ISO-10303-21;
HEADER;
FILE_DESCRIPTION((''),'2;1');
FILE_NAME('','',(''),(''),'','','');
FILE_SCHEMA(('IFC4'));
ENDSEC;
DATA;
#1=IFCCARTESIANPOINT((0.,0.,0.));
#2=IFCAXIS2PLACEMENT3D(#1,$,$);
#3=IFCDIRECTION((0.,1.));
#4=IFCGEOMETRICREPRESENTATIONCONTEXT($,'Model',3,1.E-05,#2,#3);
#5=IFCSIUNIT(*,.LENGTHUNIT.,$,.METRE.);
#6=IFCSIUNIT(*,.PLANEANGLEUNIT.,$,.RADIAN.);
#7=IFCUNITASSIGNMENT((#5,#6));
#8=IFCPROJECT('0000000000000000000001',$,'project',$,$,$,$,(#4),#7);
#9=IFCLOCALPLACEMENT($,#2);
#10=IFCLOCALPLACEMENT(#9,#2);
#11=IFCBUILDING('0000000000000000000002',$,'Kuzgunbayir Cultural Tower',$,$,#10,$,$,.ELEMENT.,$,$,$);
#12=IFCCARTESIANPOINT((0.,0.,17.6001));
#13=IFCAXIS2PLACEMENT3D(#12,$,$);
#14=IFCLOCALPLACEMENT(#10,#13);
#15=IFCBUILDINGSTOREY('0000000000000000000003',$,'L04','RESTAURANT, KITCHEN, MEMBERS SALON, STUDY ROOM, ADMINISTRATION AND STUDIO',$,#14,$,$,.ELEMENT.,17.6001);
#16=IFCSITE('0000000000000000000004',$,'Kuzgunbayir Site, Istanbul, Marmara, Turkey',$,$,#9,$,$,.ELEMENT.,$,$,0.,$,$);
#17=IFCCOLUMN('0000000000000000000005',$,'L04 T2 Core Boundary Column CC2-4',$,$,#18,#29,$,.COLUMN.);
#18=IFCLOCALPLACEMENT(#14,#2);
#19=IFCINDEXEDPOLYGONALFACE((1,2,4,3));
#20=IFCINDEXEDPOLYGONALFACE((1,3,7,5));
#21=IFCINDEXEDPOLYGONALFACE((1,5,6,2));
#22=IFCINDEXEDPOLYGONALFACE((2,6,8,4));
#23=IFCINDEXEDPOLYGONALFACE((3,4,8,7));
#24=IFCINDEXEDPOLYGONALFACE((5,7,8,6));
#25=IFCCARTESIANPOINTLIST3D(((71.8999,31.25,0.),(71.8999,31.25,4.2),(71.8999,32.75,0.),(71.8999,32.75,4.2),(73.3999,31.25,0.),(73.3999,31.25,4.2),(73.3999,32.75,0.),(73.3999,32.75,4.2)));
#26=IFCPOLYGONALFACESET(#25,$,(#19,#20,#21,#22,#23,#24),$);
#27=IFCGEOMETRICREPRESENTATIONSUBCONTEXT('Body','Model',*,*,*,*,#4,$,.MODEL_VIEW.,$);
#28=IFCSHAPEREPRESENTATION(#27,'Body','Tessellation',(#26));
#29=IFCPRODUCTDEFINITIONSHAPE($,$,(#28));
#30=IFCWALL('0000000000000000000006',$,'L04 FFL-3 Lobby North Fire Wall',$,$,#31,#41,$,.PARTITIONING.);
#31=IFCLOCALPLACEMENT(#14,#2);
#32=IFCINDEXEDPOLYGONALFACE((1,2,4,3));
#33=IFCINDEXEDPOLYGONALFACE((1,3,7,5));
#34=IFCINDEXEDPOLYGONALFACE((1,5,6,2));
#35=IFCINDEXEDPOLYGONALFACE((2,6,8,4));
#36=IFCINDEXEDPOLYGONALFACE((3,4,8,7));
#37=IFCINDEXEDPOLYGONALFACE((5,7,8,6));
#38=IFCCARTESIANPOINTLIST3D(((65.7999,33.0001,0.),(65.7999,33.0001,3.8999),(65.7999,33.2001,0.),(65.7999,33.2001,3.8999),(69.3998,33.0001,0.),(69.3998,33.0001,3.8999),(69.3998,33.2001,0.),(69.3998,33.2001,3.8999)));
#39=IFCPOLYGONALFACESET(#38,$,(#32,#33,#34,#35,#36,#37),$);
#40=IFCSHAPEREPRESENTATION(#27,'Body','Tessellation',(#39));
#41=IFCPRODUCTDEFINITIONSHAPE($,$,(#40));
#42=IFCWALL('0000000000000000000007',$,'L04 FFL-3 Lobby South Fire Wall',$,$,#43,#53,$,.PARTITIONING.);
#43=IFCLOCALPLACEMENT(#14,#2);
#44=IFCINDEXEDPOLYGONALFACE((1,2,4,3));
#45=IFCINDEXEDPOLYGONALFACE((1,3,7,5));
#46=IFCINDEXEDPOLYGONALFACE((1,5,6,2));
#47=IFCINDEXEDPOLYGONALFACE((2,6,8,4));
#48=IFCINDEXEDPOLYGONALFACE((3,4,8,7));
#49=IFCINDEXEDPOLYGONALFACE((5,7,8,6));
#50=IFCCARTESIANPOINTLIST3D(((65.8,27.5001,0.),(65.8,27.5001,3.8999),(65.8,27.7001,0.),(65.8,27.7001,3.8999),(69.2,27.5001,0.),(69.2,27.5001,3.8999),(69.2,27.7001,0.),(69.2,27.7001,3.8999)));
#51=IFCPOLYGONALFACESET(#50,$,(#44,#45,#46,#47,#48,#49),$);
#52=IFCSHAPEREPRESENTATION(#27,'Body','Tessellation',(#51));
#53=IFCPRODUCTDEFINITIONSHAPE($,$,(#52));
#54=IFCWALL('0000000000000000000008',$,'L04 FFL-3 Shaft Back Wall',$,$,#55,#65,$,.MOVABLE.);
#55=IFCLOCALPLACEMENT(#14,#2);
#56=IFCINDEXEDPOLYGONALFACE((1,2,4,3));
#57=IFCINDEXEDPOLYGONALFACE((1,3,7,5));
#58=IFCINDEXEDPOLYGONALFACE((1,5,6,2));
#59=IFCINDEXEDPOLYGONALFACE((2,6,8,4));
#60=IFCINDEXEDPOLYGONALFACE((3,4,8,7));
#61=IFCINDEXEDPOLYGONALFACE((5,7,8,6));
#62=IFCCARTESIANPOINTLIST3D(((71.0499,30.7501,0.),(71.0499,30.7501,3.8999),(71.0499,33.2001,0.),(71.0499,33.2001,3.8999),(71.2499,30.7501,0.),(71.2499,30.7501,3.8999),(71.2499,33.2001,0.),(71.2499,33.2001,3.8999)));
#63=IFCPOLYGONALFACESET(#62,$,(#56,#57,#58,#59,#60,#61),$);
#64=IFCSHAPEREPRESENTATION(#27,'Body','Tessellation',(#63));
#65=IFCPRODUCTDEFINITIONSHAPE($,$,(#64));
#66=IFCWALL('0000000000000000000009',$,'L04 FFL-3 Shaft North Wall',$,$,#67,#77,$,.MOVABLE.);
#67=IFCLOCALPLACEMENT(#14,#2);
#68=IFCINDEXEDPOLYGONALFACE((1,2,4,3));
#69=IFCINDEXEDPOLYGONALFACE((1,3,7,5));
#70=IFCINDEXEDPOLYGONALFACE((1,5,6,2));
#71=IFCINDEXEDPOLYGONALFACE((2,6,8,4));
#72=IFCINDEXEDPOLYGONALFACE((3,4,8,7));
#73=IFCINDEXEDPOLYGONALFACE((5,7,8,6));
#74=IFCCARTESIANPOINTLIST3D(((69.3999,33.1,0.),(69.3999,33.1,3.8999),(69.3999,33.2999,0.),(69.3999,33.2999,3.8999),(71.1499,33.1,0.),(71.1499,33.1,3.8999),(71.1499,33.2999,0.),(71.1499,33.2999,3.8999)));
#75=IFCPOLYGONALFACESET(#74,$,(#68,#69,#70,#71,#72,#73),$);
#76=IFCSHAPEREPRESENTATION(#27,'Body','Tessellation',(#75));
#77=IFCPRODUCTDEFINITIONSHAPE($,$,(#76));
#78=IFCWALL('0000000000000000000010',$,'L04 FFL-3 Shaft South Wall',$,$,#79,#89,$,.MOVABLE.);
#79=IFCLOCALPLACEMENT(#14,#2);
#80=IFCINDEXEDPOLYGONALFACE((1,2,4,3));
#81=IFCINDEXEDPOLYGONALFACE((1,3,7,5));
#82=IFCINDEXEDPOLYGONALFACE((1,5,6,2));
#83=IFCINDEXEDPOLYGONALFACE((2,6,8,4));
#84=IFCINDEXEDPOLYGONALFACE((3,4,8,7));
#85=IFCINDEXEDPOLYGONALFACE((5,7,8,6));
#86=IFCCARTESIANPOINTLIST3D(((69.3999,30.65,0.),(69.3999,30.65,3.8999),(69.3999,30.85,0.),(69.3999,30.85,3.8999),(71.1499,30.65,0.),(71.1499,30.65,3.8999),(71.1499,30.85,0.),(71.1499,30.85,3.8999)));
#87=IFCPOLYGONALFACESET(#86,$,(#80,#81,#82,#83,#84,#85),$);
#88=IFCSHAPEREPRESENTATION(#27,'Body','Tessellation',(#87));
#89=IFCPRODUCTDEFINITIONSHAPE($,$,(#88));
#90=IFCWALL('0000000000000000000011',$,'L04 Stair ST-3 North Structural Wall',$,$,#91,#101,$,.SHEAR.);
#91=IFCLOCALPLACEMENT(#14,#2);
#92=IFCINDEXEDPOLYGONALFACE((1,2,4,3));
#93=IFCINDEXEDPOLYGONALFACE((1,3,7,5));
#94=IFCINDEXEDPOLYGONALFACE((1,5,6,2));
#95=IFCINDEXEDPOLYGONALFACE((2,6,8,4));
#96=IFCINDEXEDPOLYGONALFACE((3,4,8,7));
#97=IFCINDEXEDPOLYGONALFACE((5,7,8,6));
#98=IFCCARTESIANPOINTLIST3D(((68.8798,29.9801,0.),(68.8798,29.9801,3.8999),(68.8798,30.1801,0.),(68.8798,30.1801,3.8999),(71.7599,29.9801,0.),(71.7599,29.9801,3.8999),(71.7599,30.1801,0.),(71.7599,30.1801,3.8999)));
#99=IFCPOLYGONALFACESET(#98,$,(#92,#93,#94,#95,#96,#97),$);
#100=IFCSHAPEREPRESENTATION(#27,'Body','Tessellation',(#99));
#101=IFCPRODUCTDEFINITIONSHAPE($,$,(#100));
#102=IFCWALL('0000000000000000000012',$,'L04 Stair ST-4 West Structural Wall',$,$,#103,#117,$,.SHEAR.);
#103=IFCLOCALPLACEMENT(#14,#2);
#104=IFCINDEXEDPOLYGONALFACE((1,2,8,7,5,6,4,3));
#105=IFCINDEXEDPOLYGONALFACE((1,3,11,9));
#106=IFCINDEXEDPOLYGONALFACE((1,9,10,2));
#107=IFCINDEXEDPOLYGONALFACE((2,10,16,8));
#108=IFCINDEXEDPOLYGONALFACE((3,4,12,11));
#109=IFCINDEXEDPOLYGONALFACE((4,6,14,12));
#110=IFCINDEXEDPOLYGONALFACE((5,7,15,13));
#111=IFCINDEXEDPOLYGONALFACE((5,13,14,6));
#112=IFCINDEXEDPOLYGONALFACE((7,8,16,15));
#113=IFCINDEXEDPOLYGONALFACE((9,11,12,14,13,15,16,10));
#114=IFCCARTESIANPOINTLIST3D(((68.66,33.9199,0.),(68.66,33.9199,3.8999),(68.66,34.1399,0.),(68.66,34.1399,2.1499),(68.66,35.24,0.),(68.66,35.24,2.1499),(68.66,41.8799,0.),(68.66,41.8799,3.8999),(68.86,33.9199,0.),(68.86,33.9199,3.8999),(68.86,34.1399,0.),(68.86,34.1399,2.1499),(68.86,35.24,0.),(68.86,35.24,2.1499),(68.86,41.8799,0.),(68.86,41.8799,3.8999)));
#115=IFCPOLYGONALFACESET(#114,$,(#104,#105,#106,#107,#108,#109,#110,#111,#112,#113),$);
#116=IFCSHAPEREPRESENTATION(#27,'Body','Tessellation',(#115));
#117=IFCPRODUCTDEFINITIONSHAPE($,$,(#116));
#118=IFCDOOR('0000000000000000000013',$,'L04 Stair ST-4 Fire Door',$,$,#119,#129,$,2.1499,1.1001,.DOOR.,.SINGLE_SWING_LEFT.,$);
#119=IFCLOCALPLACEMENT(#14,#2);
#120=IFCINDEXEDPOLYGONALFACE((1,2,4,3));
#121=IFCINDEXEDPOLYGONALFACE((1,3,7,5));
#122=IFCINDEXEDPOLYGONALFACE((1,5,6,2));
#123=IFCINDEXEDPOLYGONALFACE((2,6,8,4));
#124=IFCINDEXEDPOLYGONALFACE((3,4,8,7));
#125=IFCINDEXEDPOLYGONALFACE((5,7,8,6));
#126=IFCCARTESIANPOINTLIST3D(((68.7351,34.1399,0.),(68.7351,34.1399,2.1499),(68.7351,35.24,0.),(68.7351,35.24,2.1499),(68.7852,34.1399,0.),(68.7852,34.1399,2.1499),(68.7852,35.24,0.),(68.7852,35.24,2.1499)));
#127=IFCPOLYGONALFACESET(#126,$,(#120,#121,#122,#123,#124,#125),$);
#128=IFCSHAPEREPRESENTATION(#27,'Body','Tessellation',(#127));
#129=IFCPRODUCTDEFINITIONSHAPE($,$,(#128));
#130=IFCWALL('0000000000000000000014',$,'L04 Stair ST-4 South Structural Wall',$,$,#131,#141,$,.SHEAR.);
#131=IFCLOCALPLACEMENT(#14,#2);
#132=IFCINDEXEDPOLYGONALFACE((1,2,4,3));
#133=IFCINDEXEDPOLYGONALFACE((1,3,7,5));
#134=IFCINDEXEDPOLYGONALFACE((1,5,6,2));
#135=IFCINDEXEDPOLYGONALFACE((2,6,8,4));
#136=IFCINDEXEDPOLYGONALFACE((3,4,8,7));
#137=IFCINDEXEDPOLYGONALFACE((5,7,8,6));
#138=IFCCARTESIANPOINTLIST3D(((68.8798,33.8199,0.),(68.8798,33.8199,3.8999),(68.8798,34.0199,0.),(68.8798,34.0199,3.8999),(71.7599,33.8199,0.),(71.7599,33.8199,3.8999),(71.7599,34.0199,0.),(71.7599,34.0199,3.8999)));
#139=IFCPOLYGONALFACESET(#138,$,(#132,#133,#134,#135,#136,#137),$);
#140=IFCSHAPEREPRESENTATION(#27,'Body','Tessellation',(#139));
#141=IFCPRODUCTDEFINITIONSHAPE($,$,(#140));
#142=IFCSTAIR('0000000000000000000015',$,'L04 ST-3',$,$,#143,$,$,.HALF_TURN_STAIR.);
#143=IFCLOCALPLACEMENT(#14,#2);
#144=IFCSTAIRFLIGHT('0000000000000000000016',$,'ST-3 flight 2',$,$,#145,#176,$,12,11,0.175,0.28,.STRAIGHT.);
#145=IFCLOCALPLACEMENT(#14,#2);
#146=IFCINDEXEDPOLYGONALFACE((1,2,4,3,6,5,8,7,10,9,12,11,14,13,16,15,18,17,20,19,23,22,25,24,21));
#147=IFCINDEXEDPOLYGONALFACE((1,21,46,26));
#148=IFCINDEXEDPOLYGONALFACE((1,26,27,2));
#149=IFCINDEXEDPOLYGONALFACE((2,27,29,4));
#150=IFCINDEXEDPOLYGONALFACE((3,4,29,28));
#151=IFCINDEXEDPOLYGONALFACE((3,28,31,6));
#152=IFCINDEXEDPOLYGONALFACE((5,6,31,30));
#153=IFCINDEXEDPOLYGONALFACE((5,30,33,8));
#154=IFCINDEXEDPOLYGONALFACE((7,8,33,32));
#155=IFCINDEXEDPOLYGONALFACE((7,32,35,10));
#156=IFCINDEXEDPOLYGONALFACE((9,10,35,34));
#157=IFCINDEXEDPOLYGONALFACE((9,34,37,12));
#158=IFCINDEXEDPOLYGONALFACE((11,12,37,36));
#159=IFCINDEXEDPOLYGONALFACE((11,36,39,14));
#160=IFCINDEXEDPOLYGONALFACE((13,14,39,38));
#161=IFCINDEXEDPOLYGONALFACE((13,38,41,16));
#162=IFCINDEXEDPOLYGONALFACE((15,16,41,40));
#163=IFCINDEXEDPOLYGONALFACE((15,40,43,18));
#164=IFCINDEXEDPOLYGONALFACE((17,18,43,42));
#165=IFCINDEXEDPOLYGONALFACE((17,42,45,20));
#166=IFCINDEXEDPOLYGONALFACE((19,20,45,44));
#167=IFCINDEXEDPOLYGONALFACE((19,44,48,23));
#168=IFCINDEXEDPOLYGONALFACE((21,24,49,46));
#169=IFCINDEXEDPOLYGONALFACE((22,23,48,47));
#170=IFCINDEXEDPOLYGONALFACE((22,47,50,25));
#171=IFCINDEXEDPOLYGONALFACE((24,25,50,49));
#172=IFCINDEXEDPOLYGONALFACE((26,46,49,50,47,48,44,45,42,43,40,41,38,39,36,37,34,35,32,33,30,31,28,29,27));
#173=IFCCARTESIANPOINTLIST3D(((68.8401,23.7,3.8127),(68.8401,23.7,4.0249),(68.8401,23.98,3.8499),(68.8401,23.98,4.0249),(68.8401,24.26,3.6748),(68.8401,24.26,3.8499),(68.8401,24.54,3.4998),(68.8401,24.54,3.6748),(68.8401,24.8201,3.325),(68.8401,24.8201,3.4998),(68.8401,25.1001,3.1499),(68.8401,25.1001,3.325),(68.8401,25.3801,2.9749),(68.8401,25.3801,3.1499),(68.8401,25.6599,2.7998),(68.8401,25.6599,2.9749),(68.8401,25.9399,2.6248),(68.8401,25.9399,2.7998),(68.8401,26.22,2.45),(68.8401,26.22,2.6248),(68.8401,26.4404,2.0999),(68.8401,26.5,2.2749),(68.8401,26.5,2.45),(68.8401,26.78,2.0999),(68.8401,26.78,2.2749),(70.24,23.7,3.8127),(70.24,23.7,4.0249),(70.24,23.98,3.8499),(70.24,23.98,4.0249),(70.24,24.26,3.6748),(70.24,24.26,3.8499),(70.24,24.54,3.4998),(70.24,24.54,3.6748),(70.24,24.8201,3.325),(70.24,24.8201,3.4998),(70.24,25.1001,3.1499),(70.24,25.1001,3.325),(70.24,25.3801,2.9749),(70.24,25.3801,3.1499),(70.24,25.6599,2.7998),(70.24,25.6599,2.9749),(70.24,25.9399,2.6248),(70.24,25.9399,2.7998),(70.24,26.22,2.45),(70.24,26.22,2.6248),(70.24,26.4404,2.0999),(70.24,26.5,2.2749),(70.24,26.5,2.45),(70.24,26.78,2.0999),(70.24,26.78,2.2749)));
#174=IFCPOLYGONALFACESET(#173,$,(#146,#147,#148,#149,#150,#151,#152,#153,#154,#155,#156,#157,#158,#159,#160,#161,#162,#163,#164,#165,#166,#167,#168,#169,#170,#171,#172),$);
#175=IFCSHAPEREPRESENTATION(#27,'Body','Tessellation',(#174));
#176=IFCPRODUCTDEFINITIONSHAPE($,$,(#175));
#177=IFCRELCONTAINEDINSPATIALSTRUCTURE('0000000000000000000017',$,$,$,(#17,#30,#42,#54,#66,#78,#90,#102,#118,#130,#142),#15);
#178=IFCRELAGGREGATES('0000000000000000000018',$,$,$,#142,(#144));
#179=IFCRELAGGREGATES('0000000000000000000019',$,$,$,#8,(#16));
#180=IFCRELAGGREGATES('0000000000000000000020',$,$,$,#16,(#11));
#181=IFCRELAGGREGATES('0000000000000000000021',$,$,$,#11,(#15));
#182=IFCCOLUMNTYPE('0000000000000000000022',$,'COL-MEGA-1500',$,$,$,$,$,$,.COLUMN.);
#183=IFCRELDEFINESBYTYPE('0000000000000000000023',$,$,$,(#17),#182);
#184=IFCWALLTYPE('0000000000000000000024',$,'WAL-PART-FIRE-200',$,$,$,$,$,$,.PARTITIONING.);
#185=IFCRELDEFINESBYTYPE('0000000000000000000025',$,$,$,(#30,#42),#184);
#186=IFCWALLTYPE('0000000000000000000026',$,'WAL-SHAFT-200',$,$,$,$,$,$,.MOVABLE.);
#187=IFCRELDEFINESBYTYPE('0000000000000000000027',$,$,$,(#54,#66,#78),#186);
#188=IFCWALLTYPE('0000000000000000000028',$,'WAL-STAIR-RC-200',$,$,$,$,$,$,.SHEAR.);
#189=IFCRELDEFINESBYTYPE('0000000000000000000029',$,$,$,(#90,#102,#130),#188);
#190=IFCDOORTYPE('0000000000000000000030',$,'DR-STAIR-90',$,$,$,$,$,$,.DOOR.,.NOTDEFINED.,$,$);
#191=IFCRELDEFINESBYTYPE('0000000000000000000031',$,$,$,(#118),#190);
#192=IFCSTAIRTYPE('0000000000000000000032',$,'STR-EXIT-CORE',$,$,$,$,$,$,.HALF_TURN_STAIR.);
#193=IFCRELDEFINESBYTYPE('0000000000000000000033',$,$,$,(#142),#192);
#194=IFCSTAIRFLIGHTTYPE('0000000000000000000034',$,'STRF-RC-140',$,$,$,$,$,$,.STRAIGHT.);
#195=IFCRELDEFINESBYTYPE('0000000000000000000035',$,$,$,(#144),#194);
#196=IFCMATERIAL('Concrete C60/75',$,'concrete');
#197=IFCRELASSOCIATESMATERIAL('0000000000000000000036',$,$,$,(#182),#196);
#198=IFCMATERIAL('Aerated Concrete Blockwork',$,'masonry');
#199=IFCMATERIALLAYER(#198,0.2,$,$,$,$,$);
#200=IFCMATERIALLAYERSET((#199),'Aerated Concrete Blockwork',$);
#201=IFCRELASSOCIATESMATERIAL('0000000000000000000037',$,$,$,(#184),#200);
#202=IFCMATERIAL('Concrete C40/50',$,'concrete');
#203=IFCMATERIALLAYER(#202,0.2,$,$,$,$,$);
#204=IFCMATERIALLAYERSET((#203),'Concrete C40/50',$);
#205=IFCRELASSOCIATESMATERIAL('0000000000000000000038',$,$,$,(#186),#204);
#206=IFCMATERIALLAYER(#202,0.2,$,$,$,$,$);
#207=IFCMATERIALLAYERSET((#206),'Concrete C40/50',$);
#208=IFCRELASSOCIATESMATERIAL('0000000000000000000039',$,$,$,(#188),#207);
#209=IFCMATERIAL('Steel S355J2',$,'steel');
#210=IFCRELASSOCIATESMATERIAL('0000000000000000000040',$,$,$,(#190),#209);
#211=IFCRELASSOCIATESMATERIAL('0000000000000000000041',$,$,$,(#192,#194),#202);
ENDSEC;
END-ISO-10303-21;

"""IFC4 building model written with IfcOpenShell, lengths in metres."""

from ifc_helpers import new_model, si_unit, direction, frame, frame_2d, origin, origin_2d, place, context, subcontext, project, spatial, polyline, rectangle, outline, extrude, material, layer, layer_set, material_profile, profile_set, type_object, element, fill, aggregate, save


model = new_model("IFC4")

# Units and contexts
model_context = context("Model", 3, precision=1e-05, world=origin(), true_north=direction((0.0, 1.0)))
body_context = subcontext(model_context, "Body", "Model", "MODEL_VIEW")
ifc_project = project(units=[si_unit("LENGTHUNIT", "METRE"), si_unit("PLANEANGLEUNIT", "RADIAN")], contexts=[model_context])

# Site, building, storey
site_placement = place(None, origin())
site = spatial("IfcSite", under=ifc_project, at=site_placement, Name="Kuzgunbayir Site, Istanbul, Marmara, Turkey", CompositionType="ELEMENT", RefElevation=0.0)
building_placement = place(site_placement, origin())
building = spatial("IfcBuilding", under=site, at=building_placement, Name="Kuzgunbayir Cultural Tower", CompositionType="ELEMENT")
storey_placement = place(building_placement, frame((0.0, 0.0, 17.6001)))
storey = spatial("IfcBuildingStorey", under=building, at=storey_placement, Name="L04", Description="RESTAURANT, KITCHEN, MEMBERS SALON, STUDY ROOM, ADMINISTRATION AND STUDIO", CompositionType="ELEMENT", Elevation=17.6001)

# Column
ifc_material_1 = material(Name="Concrete C60/75", Category="concrete")
ifc_material_profile = material_profile(ifc_material_1, rectangle(XDim=1.5, YDim=1.5, at=origin_2d()), Name="RC 1500x1500")
ifc_profile_set = profile_set([ifc_material_profile], Name="Concrete C60/75")
column_type = type_object("IfcColumnType", Name="COL-MEGA-1500", PredefinedType="COLUMN", material=ifc_profile_set)
column_placement = place(storey_placement, frame((72.6499, 32.0, 0.0), z_axis=(0.0, 0.0, 1.0), x_axis=(1.0, 0.0, 0.0)))
element("IfcColumn", 1, at=column_placement, inside=storey, type_object=column_type, Name="L04 T2 Core Boundary Column CC2-4", PredefinedType="COLUMN", context=body_context, shape_type="SweptSolid", body=[
    extrude(rectangle(XDim=1.5, YDim=1.5, at=origin_2d()), origin(), (0.0, 0.0, 1.0), 4.2),
])

# Shared definitions
ifc_material_2 = material(Name="Aerated Concrete Blockwork", Category="masonry")
ifc_layer_1 = layer(ifc_material_2, 0.2)
ifc_layer_set_1 = layer_set([ifc_layer_1], Name="Aerated Concrete Blockwork")
wall_type_1 = type_object("IfcWallType", Name="WAL-PART-FIRE-200", PredefinedType="PARTITIONING", material=ifc_layer_set_1)
ifc_material_3 = material(Name="Steel S355J2", Category="steel")

# Walls
wall_1_placement = place(storey_placement, frame((65.8, 33.1001, 0.0), z_axis=(0.0, 0.0, 1.0), x_axis=(1.0, 0.0, 0.0)))
element("IfcWall", 2, at=wall_1_placement, inside=storey, type_object=wall_type_1, Name="L04 FFL-3 Lobby North Fire Wall", PredefinedType="PARTITIONING", context=body_context, shape_type="SweptSolid", body=[
    extrude(rectangle(XDim=3.5999, YDim=0.2, at=frame_2d((1.7998, 0.0))), origin(), (0.0, 0.0, 1.0), 3.8999),
])
wall_2_placement = place(storey_placement, frame((65.8, 27.6001, 0.0), z_axis=(0.0, 0.0, 1.0), x_axis=(1.0, 0.0, 0.0)))
element("IfcWall", 3, at=wall_2_placement, inside=storey, type_object=wall_type_1, Name="L04 FFL-3 Lobby South Fire Wall", PredefinedType="PARTITIONING", context=body_context, shape_type="SweptSolid", body=[
    extrude(rectangle(XDim=3.3999, YDim=0.2, at=frame_2d((1.7, 0.0))), origin(), (0.0, 0.0, 1.0), 3.8999),
])

# Shared definitions
ifc_material_4 = material(Name="Concrete C40/50", Category="concrete")
ifc_layer_2 = layer(ifc_material_4, 0.2)
ifc_layer_set_2 = layer_set([ifc_layer_2], Name="Concrete C40/50")
wall_type_2 = type_object("IfcWallType", Name="WAL-SHAFT-200", PredefinedType="MOVABLE", material=ifc_layer_set_2)

# Walls
wall_3_placement = place(storey_placement, frame((71.1499, 30.75, 0.0), z_axis=(0.0, 0.0, 1.0), x_axis=(0.0, 1.0, 0.0)))
element("IfcWall", 4, at=wall_3_placement, inside=storey, type_object=wall_type_2, Name="L04 FFL-3 Shaft Back Wall", PredefinedType="MOVABLE", context=body_context, shape_type="SweptSolid", body=[
    extrude(rectangle(XDim=2.45, YDim=0.2, at=frame_2d((1.2251, 0.0))), origin(), (0.0, 0.0, 1.0), 3.8999),
])
for number, where, z_axis, x_axis, name in (
    (5, (69.3999, 33.2, 0.0), (0.0, 0.0, 1.0), (1.0, 0.0, 0.0), "L04 FFL-3 Shaft North Wall"),
    (6, (69.3999, 30.75, 0.0), (0.0, 0.0, 1.0), (1.0, 0.0, 0.0), "L04 FFL-3 Shaft South Wall"),
):
    element("IfcWall", number, at=place(storey_placement, frame(where, z_axis=z_axis, x_axis=x_axis)), inside=storey, type_object=wall_type_2, Name=name, PredefinedType="MOVABLE", context=body_context, shape_type="SweptSolid", body=[
        extrude(rectangle(XDim=1.75, YDim=0.2, at=frame_2d((0.875, 0.0))), origin(), (0.0, 0.0, 1.0), 3.8999),
    ])
ifc_layer_3 = layer(ifc_material_4, 0.2)
ifc_layer_set_3 = layer_set([ifc_layer_3], Name="Concrete C40/50")
wall_type_3 = type_object("IfcWallType", Name="WAL-STAIR-RC-200", PredefinedType="SHEAR", material=ifc_layer_set_3)
wall_4_placement = place(storey_placement, frame((68.8799, 30.0801, 0.0), z_axis=(0.0, 0.0, 1.0), x_axis=(1.0, 0.0, 0.0)))
element("IfcWall", 7, at=wall_4_placement, inside=storey, type_object=wall_type_3, Name="L04 Stair ST-3 North Structural Wall", PredefinedType="SHEAR", context=body_context, shape_type="SweptSolid", body=[
    extrude(rectangle(XDim=2.8801, YDim=0.2, at=frame_2d((1.4399, 0.0))), origin(), (0.0, 0.0, 1.0), 3.8999),
])

# Wall, opening, door
wall_5_placement = place(storey_placement, frame((68.76, 33.9199, 0.0), z_axis=(0.0, 0.0, 1.0), x_axis=(0.0, 1.0, 0.0)))
wall_5 = element("IfcWall", 8, at=wall_5_placement, inside=storey, type_object=wall_type_3, Name="L04 Stair ST-4 West Structural Wall", PredefinedType="SHEAR", context=body_context, shape_type="SweptSolid", body=[
    extrude(rectangle(XDim=7.96, YDim=0.2, at=frame_2d((3.98, 0.0))), origin(), (0.0, 0.0, 1.0), 3.8999),
])
opening_1_placement = place(wall_5_placement, frame((0.22, 0.0, 0.0)))
opening_1 = element("IfcOpeningElement", 9, at=opening_1_placement, cuts=wall_5, PredefinedType="OPENING", context=body_context, shape_type="SweptSolid", body=[
    extrude(rectangle(XDim=1.1001, YDim=2.1499, at=frame_2d((0.55, 1.075))), frame((0.0, 0.1099, 0.0), z_axis=(0.0, -1.0, 0.0), x_axis=(1.0, 0.0, 0.0)), (0.0, 0.0, 1.0), 0.22),
])
door_type_1 = type_object("IfcDoorType", Name="DR-STAIR-90", OperationType="NOTDEFINED", PredefinedType="DOOR", material=ifc_material_3)
door_1_placement = place(opening_1_placement, origin())
door_1 = element("IfcDoor", 10, at=door_1_placement, inside=storey, type_object=door_type_1, Name="L04 Stair ST-4 Fire Door", OperationType="SINGLE_SWING_LEFT", OverallHeight=2.1499, OverallWidth=1.1001, PredefinedType="DOOR", context=body_context, shape_type="SweptSolid", body=[
    extrude(rectangle(XDim=1.1001, YDim=2.1499, at=frame_2d((0.55, 1.075))), frame((0.0, 0.0249, 0.0), z_axis=(0.0, -1.0, 0.0), x_axis=(1.0, 0.0, 0.0)), (0.0, 0.0, 1.0), 0.05),
])
fill(opening_1, door_1)

# Wall
wall_6_placement = place(storey_placement, frame((68.8799, 33.9199, 0.0), z_axis=(0.0, 0.0, 1.0), x_axis=(1.0, 0.0, 0.0)))
element("IfcWall", 11, at=wall_6_placement, inside=storey, type_object=wall_type_3, Name="L04 Stair ST-4 South Structural Wall", PredefinedType="SHEAR", context=body_context, shape_type="SweptSolid", body=[
    extrude(rectangle(XDim=2.8801, YDim=0.2, at=frame_2d((1.4399, 0.0))), origin(), (0.0, 0.0, 1.0), 3.8999),
])

# Stair, stair flight
stair_type = type_object("IfcStairType", Name="STR-EXIT-CORE", PredefinedType="HALF_TURN_STAIR", material=ifc_material_4)
stair_placement = place(storey_placement, origin())
stair = element("IfcStair", 12, at=stair_placement, inside=storey, type_object=stair_type, Name="L04 ST-3", PredefinedType="HALF_TURN_STAIR")
stair_flight_type = type_object("IfcStairFlightType", Name="STRF-RC-140", PredefinedType="STRAIGHT", material=ifc_material_4)
stair_flight_placement = place(storey_placement, frame((69.54, 26.78, 2.0999), z_axis=(0.0, 0.0, 1.0), x_axis=(0.0, -1.0, 0.0)))
stair_flight = element("IfcStairFlight", 13, at=stair_flight_placement, type_object=stair_flight_type, Name="ST-3 flight 2", NumberOfRisers=12, NumberOfTreads=11, PredefinedType="STRAIGHT", RiserHeight=0.175, TreadLength=0.28, context=body_context, shape_type="SweptSolid", body=[
    extrude(outline(polyline([(0.0, 0.0), (0.0, 0.175), (0.28, 0.175), (0.28, 0.3501), (0.5601, 0.3501), (0.5601, 0.5249), (0.8401, 0.5249), (0.8401, 0.7), (1.1201, 0.7), (1.1201, 0.875), (1.3999, 0.875), (1.3999, 1.05), (1.6799, 1.05), (1.6799, 1.2251), (1.96, 1.2251), (1.96, 1.3999), (2.24, 1.3999), (2.24, 1.575), (2.52, 1.575), (2.52, 1.75), (2.8, 1.75), (2.8, 1.925), (3.0801, 1.925), (3.0801, 2.1001), (3.0801, 1.7129), (0.3396, 0.0), (0.0, 0.0)])), frame((0.0, 0.7, 0.0), z_axis=(0.0, -1.0, 0.0), x_axis=(1.0, 0.0, 0.0)), (0.0, 0.0, 1.0), 1.3999),
])
aggregate(stair, [stair_flight])

save(model, "model.ifc")
